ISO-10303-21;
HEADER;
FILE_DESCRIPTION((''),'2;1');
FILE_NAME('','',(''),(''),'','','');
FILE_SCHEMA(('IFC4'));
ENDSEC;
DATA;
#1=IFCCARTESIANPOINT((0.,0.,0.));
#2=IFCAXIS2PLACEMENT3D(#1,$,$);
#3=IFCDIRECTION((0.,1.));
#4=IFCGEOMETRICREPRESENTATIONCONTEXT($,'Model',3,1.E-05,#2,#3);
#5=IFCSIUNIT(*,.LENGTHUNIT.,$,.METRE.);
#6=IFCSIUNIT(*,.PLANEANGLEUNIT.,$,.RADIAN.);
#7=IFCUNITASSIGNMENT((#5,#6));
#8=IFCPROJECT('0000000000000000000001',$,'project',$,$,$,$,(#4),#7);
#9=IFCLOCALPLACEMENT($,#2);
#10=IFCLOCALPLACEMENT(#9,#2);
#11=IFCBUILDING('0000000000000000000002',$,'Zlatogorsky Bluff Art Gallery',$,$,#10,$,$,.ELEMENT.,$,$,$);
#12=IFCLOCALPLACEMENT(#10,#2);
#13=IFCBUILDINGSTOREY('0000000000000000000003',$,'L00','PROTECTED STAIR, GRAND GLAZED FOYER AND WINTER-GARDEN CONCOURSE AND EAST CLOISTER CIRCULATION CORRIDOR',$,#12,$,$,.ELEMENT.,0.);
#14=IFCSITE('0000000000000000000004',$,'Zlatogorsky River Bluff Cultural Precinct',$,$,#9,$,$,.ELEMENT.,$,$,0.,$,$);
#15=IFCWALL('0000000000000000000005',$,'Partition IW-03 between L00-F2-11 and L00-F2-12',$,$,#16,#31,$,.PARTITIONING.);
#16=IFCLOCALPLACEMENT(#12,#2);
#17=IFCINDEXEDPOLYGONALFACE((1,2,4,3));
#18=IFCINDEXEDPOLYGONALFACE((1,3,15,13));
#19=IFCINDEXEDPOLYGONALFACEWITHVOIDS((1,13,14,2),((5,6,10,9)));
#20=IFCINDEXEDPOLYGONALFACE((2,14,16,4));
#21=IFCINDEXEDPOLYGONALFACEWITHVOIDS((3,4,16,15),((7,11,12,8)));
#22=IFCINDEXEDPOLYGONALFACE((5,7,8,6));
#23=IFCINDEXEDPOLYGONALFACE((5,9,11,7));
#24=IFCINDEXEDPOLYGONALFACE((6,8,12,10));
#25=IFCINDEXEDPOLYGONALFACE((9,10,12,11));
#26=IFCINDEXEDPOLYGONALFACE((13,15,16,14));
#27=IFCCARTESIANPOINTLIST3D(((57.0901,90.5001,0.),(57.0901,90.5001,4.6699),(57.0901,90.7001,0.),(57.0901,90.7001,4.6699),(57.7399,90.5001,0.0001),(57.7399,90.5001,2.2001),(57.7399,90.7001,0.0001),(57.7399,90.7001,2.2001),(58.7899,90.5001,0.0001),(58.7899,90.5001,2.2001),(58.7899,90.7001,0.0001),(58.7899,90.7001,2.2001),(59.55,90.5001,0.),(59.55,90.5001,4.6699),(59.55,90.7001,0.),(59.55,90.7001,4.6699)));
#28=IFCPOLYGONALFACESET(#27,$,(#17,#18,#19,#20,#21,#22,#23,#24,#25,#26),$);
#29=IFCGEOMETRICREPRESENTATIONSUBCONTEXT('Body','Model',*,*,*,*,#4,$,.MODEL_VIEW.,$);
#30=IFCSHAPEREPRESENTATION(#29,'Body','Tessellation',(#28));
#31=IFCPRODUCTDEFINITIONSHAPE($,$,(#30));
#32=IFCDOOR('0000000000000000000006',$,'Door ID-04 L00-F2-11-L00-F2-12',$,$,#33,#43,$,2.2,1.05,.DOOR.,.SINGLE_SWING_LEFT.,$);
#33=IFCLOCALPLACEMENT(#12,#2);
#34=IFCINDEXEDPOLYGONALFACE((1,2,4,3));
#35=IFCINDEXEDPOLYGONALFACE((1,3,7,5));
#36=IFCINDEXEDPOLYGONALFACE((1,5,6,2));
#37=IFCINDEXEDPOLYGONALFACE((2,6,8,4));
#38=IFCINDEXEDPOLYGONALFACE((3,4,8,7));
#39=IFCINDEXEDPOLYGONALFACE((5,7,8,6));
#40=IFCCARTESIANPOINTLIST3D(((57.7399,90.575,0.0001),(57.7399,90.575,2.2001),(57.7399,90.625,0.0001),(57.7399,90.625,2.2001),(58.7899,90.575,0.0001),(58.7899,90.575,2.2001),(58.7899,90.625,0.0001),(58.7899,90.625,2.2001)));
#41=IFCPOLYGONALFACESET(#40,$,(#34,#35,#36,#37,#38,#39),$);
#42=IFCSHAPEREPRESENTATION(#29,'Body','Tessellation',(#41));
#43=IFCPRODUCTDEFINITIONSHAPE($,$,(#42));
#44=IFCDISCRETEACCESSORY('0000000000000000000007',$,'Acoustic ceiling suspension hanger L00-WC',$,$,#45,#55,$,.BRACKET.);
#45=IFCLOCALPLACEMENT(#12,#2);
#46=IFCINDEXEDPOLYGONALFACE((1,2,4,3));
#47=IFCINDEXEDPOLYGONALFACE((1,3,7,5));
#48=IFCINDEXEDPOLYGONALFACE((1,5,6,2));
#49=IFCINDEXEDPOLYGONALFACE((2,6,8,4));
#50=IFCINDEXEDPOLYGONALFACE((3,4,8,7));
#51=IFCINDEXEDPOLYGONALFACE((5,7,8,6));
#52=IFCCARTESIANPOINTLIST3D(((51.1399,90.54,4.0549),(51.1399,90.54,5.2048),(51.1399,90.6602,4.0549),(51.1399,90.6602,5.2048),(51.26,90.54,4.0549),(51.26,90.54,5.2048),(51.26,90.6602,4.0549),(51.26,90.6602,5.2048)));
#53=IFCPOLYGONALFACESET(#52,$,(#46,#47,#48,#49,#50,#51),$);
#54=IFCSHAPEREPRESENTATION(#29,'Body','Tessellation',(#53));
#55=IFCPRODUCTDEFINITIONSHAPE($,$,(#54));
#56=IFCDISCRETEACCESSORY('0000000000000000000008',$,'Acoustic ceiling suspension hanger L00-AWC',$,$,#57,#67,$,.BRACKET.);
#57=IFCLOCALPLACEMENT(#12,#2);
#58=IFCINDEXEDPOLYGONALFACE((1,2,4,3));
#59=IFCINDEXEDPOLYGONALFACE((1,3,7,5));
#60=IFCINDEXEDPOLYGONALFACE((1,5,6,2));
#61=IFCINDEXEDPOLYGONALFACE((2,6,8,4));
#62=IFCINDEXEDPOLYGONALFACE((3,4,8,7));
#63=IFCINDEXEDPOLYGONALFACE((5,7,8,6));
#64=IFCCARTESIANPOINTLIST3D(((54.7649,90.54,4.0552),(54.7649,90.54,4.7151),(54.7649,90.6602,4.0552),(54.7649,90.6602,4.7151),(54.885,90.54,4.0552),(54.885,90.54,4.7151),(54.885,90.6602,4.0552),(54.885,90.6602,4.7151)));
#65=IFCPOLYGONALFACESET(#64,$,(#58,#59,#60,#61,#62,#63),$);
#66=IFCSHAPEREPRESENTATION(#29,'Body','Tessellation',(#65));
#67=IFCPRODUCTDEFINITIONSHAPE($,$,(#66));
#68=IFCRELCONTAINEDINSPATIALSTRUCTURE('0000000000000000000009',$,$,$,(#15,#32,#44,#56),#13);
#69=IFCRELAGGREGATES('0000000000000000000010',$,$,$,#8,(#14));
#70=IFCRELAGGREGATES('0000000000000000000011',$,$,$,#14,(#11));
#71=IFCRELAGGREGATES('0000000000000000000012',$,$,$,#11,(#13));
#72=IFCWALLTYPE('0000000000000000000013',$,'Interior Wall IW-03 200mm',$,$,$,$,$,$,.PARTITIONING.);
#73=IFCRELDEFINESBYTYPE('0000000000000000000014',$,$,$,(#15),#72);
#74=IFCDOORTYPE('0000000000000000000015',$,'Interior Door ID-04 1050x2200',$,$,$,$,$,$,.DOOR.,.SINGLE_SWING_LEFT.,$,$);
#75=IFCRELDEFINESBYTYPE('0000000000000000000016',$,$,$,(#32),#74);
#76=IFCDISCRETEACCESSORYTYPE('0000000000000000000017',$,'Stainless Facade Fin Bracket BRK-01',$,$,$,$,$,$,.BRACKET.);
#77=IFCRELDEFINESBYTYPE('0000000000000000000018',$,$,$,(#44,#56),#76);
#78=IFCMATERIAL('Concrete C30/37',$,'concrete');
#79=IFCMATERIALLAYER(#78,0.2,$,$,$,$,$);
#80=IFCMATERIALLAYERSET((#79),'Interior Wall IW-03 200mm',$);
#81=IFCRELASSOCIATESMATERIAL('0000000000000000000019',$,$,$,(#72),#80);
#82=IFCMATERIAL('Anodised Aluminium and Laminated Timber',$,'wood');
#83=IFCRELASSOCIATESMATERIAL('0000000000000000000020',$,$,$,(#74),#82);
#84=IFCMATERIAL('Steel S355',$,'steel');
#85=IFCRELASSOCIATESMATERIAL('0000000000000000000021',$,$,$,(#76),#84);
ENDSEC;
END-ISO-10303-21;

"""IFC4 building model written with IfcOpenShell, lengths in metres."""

from ifc_helpers import new_model, si_unit, direction, frame, frame_2d, origin, origin_2d, place, context, subcontext, project, spatial, rectangle, extrude, material, layer, layer_set, type_object, element, fill, save


model = new_model("IFC4")

# Units and contexts
model_context = context("Model", 3, precision=1e-05, world=origin(), true_north=direction((0.0, 1.0)))
body_context = subcontext(model_context, "Body", "Model", "MODEL_VIEW")
ifc_project = project(units=[si_unit("LENGTHUNIT", "METRE"), si_unit("PLANEANGLEUNIT", "RADIAN")], contexts=[model_context])

# Site, building, storey
site_placement = place(None, origin())
site = spatial("IfcSite", under=ifc_project, at=site_placement, Name="Zlatogorsky River Bluff Cultural Precinct", CompositionType="ELEMENT", RefElevation=0.0)
building_placement = place(site_placement, origin())
building = spatial("IfcBuilding", under=site, at=building_placement, Name="Zlatogorsky Bluff Art Gallery", CompositionType="ELEMENT")
storey_placement = place(building_placement, origin())
storey = spatial("IfcBuildingStorey", under=building, at=storey_placement, Name="L00", Description="PROTECTED STAIR, GRAND GLAZED FOYER AND WINTER-GARDEN CONCOURSE AND EAST CLOISTER CIRCULATION CORRIDOR", CompositionType="ELEMENT", Elevation=0.0)

# Shared definitions
ifc_material_1 = material(Name="Steel S355", Category="steel")

# Shared definitions
ifc_material_2 = material(Name="Concrete C30/37", Category="concrete")

# Wall, opening, door
ifc_layer_1 = layer(ifc_material_2, 0.2)
ifc_layer_set_1 = layer_set([ifc_layer_1], Name="Interior Wall IW-03 200mm")
wall_type_1 = type_object("IfcWallType", Name="Interior Wall IW-03 200mm", PredefinedType="PARTITIONING", material=ifc_layer_set_1)
wall_1_placement = place(storey_placement, frame((57.0901, 90.6001, 0.0), z_axis=(0.0, 0.0, 1.0), x_axis=(1.0, 0.0, 0.0)))
wall_1 = element("IfcWall", 1, at=wall_1_placement, inside=storey, type_object=wall_type_1, Name="Partition IW-03 between L00-F2-11 and L00-F2-12", PredefinedType="PARTITIONING", context=body_context, shape_type="SweptSolid", body=[
    extrude(rectangle(XDim=2.46, YDim=0.2, at=frame_2d((1.23, 0.0))), origin(), (0.0, 0.0, 1.0), 4.6699),
])
opening_placement = place(wall_1_placement, frame((0.6499, 0.0, 0.0)))
opening = element("IfcOpeningElement", 2, at=opening_placement, cuts=wall_1, PredefinedType="OPENING", context=body_context, shape_type="SweptSolid", body=[
    extrude(rectangle(XDim=1.05, YDim=2.2, at=frame_2d((0.5249, 1.1001))), frame((0.0, 0.1099, 0.0), z_axis=(0.0, -1.0, 0.0), x_axis=(1.0, 0.0, 0.0)), (0.0, 0.0, 1.0), 0.22),
])
ifc_material_3 = material(Name="Anodised Aluminium and Laminated Timber", Category="wood")
door_type = type_object("IfcDoorType", Name="Interior Door ID-04 1050x2200", OperationType="SINGLE_SWING_LEFT", PredefinedType="DOOR", material=ifc_material_3)
door_placement = place(opening_placement, origin())
door = element("IfcDoor", 3, at=door_placement, inside=storey, type_object=door_type, Name="Door ID-04 L00-F2-11-L00-F2-12", OperationType="SINGLE_SWING_LEFT", OverallHeight=2.2, OverallWidth=1.05, PredefinedType="DOOR", context=body_context, shape_type="SweptSolid", body=[
    extrude(rectangle(XDim=1.05, YDim=2.2, at=frame_2d((0.5249, 1.1001))), frame((0.0, 0.0249, 0.0), z_axis=(0.0, -1.0, 0.0), x_axis=(1.0, 0.0, 0.0)), (0.0, 0.0, 1.0), 0.05),
])
fill(opening, door)

# Discrete accessories
discrete_accessory_type = type_object("IfcDiscreteAccessoryType", Name="Stainless Facade Fin Bracket BRK-01", PredefinedType="BRACKET", material=ifc_material_1)
discrete_accessory_1_placement = place(storey_placement, frame((51.2, 90.6001, 4.0549), z_axis=(0.0, 0.0, 1.0), x_axis=(1.0, 0.0, 0.0)))
element("IfcDiscreteAccessory", 4, at=discrete_accessory_1_placement, inside=storey, type_object=discrete_accessory_type, Name="Acoustic ceiling suspension hanger L00-WC", PredefinedType="BRACKET", context=body_context, shape_type="SweptSolid", body=[
    extrude(rectangle(XDim=0.1201, YDim=0.1201, at=origin_2d()), origin(), (0.0, 0.0, 1.0), 1.1499),
])
discrete_accessory_2_placement = place(storey_placement, frame((54.825, 90.6001, 4.0552), z_axis=(0.0, 0.0, 1.0), x_axis=(1.0, 0.0, 0.0)))
element("IfcDiscreteAccessory", 5, at=discrete_accessory_2_placement, inside=storey, type_object=discrete_accessory_type, Name="Acoustic ceiling suspension hanger L00-AWC", PredefinedType="BRACKET", context=body_context, shape_type="SweptSolid", body=[
    extrude(rectangle(XDim=0.1201, YDim=0.1201, at=origin_2d()), origin(), (0.0, 0.0, 1.0), 0.6599),
])

save(model, "model.ifc")
